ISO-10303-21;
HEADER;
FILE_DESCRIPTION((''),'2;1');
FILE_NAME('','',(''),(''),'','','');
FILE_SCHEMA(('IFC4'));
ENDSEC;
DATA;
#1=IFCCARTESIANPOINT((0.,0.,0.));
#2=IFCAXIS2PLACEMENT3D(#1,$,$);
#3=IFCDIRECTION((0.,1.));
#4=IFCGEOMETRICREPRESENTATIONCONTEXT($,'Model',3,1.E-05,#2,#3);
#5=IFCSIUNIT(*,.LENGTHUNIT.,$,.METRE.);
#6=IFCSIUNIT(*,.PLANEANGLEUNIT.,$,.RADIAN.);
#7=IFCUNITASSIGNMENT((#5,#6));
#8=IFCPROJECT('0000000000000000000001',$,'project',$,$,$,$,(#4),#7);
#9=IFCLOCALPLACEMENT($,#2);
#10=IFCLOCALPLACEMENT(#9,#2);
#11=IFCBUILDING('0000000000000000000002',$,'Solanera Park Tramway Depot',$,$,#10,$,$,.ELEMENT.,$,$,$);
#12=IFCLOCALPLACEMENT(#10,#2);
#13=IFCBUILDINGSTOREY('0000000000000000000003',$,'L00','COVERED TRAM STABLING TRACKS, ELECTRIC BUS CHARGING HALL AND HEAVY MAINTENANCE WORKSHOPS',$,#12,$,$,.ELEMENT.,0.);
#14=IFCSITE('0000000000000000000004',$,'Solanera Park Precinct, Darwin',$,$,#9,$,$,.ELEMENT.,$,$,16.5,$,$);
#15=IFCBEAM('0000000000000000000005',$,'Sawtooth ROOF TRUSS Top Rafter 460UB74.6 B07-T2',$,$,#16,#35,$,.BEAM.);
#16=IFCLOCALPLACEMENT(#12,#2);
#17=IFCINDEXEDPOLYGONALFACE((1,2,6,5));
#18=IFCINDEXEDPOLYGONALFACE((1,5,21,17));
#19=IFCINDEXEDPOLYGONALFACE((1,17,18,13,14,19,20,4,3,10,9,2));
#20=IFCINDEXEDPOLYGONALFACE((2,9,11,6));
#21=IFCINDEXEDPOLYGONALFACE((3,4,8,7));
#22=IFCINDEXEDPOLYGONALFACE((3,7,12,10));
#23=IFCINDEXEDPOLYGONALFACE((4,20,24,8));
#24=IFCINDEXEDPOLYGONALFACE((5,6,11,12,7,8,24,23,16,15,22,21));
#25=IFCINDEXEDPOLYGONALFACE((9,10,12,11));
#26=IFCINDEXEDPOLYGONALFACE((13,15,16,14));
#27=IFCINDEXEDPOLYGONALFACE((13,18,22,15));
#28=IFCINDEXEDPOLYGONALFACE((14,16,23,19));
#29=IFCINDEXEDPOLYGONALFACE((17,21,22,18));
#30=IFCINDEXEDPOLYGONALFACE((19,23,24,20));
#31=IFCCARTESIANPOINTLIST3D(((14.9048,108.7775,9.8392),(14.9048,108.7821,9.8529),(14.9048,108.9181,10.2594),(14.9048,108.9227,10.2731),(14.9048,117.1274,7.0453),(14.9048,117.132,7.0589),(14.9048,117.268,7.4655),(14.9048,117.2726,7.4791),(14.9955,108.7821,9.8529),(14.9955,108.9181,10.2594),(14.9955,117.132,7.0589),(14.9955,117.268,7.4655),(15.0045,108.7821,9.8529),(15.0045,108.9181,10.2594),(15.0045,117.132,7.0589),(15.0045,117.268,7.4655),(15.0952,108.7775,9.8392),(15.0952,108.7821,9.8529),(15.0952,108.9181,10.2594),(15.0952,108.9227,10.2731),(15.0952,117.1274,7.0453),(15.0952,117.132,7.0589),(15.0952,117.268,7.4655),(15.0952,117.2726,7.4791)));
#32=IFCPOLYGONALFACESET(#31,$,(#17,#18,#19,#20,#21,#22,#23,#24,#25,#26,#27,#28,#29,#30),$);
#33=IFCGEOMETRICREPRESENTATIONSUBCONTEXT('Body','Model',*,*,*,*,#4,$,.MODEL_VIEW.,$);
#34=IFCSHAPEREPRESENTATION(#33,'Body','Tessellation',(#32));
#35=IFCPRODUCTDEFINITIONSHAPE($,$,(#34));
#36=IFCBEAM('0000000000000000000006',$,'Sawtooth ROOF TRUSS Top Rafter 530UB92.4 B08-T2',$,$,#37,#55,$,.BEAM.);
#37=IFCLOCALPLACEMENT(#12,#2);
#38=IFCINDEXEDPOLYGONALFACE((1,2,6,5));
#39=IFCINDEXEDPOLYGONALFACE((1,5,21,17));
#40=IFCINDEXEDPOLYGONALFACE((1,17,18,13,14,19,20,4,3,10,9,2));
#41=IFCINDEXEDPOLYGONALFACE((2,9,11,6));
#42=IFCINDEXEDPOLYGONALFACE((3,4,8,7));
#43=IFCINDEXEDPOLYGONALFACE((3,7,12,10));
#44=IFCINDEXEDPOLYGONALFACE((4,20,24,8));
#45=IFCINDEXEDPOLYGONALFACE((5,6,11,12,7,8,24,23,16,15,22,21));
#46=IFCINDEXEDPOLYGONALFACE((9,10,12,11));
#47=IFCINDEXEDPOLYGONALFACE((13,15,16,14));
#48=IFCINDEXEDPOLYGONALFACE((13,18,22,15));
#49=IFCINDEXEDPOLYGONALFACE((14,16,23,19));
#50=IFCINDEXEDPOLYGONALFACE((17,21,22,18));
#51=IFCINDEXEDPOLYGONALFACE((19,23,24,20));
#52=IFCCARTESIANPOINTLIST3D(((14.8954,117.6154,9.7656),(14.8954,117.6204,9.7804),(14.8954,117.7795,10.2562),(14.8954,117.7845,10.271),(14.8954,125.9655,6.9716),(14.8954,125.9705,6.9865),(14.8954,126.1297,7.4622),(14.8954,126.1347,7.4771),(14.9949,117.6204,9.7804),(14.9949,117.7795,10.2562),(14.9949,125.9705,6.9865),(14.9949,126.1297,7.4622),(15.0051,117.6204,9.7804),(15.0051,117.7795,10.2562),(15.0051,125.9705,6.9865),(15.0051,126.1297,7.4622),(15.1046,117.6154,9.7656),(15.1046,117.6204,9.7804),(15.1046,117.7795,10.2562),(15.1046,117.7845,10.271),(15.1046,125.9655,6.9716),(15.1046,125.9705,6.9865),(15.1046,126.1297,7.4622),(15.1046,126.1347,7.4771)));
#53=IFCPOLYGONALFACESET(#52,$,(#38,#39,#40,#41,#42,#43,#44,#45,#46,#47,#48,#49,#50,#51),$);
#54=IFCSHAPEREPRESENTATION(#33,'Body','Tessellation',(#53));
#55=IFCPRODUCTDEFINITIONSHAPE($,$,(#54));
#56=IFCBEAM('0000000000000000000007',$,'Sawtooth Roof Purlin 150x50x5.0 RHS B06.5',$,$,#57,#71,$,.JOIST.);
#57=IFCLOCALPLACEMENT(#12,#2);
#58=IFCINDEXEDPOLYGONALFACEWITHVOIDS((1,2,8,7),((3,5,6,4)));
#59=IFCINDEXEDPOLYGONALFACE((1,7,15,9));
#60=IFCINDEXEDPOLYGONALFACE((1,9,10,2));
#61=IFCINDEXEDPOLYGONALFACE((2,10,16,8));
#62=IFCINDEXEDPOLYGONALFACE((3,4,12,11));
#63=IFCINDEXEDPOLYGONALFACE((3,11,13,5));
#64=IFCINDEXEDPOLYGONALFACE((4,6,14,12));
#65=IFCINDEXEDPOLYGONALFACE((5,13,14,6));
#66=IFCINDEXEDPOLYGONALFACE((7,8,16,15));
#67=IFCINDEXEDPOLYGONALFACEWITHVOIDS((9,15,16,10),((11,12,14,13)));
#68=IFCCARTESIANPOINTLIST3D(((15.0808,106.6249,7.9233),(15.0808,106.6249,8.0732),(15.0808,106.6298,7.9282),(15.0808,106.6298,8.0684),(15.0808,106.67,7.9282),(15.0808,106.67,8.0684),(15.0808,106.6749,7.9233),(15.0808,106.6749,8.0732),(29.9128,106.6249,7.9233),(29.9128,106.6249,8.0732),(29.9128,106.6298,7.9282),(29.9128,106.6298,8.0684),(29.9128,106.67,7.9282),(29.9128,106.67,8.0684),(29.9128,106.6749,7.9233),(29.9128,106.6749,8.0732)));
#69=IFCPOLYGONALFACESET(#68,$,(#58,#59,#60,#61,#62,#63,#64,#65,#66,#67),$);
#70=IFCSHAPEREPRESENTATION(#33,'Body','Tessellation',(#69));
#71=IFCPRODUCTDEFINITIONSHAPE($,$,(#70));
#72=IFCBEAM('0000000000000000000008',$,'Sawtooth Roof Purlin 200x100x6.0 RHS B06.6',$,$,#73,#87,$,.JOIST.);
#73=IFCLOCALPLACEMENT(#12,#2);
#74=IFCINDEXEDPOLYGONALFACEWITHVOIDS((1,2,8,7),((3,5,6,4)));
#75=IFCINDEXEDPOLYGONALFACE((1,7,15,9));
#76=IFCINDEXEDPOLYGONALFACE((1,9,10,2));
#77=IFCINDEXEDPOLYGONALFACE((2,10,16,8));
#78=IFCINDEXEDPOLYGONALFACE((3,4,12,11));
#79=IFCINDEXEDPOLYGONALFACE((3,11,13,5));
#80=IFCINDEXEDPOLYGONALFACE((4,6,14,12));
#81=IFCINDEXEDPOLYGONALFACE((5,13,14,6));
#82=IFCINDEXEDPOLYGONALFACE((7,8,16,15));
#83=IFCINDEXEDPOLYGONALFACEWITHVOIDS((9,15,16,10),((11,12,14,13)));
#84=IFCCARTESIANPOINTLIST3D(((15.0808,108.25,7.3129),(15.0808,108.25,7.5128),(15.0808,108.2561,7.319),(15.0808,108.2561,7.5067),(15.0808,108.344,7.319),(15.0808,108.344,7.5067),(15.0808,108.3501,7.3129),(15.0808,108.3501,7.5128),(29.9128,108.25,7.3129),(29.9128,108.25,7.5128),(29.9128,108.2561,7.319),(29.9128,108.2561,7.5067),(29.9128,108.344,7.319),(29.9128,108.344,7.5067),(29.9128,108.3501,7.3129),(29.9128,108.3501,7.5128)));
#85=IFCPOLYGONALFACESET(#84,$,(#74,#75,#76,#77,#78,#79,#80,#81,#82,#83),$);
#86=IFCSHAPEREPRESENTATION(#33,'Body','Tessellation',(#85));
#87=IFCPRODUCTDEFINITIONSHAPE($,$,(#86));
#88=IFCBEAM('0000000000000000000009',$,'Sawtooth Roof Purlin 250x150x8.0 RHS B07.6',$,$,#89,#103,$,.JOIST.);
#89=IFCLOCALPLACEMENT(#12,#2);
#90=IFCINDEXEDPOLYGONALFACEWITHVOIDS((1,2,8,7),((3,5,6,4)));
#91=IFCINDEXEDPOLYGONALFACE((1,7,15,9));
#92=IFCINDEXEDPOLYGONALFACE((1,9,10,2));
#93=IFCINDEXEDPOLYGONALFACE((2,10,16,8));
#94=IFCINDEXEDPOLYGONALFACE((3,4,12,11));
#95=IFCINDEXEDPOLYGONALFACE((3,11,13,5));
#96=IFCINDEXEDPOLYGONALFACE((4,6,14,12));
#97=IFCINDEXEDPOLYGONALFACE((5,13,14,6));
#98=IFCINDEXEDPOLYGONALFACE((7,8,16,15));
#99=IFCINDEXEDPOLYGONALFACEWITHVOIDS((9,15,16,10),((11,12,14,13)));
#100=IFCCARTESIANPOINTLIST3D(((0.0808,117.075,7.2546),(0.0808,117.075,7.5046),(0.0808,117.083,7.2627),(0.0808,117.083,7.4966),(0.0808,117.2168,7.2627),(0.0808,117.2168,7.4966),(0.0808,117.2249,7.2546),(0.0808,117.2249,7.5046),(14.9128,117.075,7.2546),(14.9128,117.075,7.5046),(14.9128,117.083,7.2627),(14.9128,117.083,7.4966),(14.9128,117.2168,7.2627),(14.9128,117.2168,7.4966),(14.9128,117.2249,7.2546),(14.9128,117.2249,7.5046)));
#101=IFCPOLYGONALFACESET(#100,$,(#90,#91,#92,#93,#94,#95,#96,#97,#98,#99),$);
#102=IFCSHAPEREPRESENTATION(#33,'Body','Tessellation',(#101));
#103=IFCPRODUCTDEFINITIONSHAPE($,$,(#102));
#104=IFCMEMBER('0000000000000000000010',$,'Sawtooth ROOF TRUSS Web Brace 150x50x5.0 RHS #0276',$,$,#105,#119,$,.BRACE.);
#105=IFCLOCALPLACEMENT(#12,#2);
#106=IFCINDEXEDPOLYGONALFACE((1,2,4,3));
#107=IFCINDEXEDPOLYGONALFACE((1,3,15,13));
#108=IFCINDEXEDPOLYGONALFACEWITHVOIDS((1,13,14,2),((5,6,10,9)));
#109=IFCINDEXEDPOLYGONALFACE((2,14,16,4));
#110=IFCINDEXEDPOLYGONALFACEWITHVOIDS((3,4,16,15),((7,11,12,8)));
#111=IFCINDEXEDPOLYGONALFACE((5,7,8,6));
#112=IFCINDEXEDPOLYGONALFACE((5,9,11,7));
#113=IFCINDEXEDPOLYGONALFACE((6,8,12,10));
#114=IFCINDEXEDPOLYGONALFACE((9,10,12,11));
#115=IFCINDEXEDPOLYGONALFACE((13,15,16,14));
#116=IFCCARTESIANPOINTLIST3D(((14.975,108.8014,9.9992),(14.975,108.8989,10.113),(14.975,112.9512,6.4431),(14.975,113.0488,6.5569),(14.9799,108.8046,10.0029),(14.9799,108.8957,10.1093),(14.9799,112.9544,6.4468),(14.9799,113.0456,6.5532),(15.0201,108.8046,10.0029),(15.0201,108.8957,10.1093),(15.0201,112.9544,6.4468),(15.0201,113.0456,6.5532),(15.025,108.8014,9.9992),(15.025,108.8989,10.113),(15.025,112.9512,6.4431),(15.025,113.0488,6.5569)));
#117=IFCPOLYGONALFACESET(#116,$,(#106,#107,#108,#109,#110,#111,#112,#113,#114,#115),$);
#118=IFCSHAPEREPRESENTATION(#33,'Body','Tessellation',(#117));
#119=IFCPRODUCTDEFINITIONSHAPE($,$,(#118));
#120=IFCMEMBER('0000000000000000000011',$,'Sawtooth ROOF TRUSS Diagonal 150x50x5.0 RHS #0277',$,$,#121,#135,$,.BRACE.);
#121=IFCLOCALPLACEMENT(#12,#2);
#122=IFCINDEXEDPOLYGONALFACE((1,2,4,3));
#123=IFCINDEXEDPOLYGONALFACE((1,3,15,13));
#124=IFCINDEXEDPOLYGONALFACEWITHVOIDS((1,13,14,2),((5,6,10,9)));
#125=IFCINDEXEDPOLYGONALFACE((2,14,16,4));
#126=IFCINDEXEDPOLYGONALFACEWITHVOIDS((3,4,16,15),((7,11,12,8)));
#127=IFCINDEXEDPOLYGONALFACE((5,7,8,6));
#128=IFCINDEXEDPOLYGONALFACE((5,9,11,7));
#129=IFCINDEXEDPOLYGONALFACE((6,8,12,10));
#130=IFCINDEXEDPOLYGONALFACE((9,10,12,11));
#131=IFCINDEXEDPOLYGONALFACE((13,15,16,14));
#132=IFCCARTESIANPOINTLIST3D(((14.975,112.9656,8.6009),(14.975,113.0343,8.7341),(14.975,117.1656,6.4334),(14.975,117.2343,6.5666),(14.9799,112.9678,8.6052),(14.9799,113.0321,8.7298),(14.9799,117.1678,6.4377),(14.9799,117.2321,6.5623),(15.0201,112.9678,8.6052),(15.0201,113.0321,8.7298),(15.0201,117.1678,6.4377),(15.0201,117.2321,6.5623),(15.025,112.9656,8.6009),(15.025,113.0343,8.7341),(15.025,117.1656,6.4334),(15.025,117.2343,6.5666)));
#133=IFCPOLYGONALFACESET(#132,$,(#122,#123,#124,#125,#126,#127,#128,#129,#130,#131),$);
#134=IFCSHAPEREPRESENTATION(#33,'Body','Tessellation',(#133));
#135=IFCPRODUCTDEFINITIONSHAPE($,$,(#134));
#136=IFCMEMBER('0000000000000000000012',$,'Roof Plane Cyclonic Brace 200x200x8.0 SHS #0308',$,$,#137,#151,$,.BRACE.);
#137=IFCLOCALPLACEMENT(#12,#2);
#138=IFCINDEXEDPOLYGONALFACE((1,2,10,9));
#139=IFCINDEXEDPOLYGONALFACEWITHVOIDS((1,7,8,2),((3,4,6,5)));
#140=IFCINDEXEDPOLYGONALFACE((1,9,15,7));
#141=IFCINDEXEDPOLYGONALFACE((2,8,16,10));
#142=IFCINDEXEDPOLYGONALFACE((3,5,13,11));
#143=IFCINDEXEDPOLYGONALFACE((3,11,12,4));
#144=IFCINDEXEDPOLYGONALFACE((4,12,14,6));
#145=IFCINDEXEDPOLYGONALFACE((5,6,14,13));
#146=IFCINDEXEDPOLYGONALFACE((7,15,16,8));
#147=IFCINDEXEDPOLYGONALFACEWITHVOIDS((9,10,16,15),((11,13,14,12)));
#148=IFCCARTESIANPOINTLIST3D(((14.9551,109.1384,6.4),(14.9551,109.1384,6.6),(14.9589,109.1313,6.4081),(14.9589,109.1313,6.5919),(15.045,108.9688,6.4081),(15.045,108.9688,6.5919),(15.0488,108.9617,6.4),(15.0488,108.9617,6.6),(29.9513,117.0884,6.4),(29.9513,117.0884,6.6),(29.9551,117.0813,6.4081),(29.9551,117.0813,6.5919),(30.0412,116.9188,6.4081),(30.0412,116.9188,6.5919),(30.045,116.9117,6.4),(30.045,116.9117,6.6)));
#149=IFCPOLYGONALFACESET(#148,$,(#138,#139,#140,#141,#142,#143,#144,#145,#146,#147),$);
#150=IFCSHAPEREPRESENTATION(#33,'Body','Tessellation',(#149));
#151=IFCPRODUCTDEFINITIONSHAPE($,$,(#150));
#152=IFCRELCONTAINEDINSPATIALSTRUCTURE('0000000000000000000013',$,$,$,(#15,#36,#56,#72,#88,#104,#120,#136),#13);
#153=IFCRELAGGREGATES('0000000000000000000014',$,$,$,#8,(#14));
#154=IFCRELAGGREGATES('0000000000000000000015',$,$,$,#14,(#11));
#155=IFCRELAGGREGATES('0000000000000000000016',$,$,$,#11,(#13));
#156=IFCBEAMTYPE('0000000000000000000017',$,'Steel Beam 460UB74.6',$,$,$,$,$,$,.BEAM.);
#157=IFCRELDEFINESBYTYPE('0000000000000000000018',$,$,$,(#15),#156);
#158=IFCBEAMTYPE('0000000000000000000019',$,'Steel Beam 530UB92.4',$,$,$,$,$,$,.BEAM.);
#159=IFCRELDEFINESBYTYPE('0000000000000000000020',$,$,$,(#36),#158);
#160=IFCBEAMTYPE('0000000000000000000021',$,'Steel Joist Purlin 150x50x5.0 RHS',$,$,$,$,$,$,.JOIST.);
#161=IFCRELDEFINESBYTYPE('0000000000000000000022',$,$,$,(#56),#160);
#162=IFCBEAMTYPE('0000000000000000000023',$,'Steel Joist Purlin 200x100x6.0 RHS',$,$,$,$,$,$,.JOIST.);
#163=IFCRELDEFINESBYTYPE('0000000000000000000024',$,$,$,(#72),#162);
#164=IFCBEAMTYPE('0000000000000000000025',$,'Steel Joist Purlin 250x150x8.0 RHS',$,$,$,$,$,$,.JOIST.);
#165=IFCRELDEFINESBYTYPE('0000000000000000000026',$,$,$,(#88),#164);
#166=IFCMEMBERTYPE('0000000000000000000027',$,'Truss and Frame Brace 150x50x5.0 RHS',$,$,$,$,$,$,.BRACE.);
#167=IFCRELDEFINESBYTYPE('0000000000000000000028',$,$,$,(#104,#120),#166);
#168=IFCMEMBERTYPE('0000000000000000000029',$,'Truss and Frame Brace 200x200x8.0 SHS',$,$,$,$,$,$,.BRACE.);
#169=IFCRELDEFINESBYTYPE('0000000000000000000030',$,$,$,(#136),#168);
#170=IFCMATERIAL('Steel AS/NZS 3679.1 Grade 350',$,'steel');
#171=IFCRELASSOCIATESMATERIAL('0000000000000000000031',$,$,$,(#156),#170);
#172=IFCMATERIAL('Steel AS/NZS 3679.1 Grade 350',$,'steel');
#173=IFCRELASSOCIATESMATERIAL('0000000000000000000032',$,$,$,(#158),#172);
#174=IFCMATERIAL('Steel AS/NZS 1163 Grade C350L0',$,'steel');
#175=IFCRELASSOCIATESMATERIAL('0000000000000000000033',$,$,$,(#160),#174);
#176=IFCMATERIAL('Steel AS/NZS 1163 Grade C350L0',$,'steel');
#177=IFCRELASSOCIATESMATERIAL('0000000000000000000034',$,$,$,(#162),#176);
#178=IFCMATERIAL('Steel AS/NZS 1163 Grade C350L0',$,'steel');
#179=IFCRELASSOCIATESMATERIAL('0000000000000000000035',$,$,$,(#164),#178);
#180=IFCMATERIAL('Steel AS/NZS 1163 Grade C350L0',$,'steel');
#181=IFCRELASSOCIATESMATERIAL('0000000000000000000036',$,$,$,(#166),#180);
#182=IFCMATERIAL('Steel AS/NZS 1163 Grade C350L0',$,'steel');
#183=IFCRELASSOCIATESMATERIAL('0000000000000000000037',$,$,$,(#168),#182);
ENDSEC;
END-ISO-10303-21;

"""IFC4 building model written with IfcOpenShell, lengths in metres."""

from ifc_helpers import new_model, si_unit, direction, frame, origin, origin_2d, place, context, subcontext, project, spatial, hollow_rectangle, i_section, extrude, material, material_profile, profile_set, type_object, element, save


model = new_model("IFC4")

# Units and contexts
model_context = context("Model", 3, precision=1e-05, world=origin(), true_north=direction((0.0, 1.0)))
body_context = subcontext(model_context, "Body", "Model", "MODEL_VIEW")
ifc_project = project(units=[si_unit("LENGTHUNIT", "METRE"), si_unit("PLANEANGLEUNIT", "RADIAN")], contexts=[model_context])

# Site, building, storey
site_placement = place(None, origin())
site = spatial("IfcSite", under=ifc_project, at=site_placement, Name="Solanera Park Precinct, Darwin", CompositionType="ELEMENT", RefElevation=16.5)
building_placement = place(site_placement, origin())
building = spatial("IfcBuilding", under=site, at=building_placement, Name="Solanera Park Tramway Depot", CompositionType="ELEMENT")
storey_placement = place(building_placement, origin())
storey = spatial("IfcBuildingStorey", under=building, at=storey_placement, Name="L00", Description="COVERED TRAM STABLING TRACKS, ELECTRIC BUS CHARGING HALL AND HEAVY MAINTENANCE WORKSHOPS", CompositionType="ELEMENT", Elevation=0.0)

# Beams
ifc_material_1 = material(Name="Steel AS/NZS 3679.1 Grade 350", Category="steel")
ifc_material_profile_1 = material_profile(ifc_material_1, i_section(OverallWidth=0.1904, OverallDepth=0.4575, WebThickness=0.009, FlangeThickness=0.0144, at=origin_2d()), Name="460UB74.6")
ifc_profile_set_1 = profile_set([ifc_material_profile_1], Name="Steel AS/NZS 3679.1 Grade 350")
beam_type_1 = type_object("IfcBeamType", Name="Steel Beam 460UB74.6", PredefinedType="BEAM", material=ifc_profile_set_1)
beam_1_placement = place(storey_placement, frame((15.0, 108.8501, 10.0562), z_axis=(0.0, 0.948319, -0.317317), x_axis=(-1.0, 0.0, 0.0)))
element("IfcBeam", 1, at=beam_1_placement, inside=storey, type_object=beam_type_1, Name="Sawtooth ROOF TRUSS Top Rafter 460UB74.6 B07-T2", PredefinedType="BEAM", context=body_context, shape_type="SweptSolid", body=[
    extrude(i_section(OverallWidth=0.1904, OverallDepth=0.4575, WebThickness=0.009, FlangeThickness=0.0144, at=origin_2d()), origin(), (0.0, 0.0, 1.0), 8.8049),
])
ifc_material_2 = material(Name="Steel AS/NZS 3679.1 Grade 350", Category="steel")
ifc_material_profile_2 = material_profile(ifc_material_2, i_section(OverallWidth=0.2092, OverallDepth=0.533, WebThickness=0.0103, FlangeThickness=0.0156, at=origin_2d()), Name="530UB92.4")
ifc_profile_set_2 = profile_set([ifc_material_profile_2], Name="Steel AS/NZS 3679.1 Grade 350")
beam_type_2 = type_object("IfcBeamType", Name="Steel Beam 530UB92.4", PredefinedType="BEAM", material=ifc_profile_set_2)
beam_2_placement = place(storey_placement, frame((15.0, 117.7, 10.0183), z_axis=(0.0, 0.948322, -0.317309), x_axis=(-1.0, 0.0, 0.0)))
element("IfcBeam", 2, at=beam_2_placement, inside=storey, type_object=beam_type_2, Name="Sawtooth ROOF TRUSS Top Rafter 530UB92.4 B08-T2", PredefinedType="BEAM", context=body_context, shape_type="SweptSolid", body=[
    extrude(i_section(OverallWidth=0.2092, OverallDepth=0.533, WebThickness=0.0103, FlangeThickness=0.0156, at=origin_2d()), origin(), (0.0, 0.0, 1.0), 8.8052),
])
ifc_material_3 = material(Name="Steel AS/NZS 1163 Grade C350L0", Category="steel")
ifc_material_profile_3 = material_profile(ifc_material_3, hollow_rectangle(XDim=0.05, YDim=0.1499, WallThickness=0.0049, at=origin_2d()), Name="150x50x5.0 RHS")
ifc_profile_set_3 = profile_set([ifc_material_profile_3], Name="Steel AS/NZS 1163 Grade C350L0")
beam_type_3 = type_object("IfcBeamType", Name="Steel Joist Purlin 150x50x5.0 RHS", PredefinedType="JOIST", material=ifc_profile_set_3)
beam_3_placement = place(storey_placement, frame((15.0808, 106.6499, 7.9983), z_axis=(1.0, 0.0, 0.0), x_axis=(0.0, 1.0, 0.0)))
element("IfcBeam", 3, at=beam_3_placement, inside=storey, type_object=beam_type_3, Name="Sawtooth Roof Purlin 150x50x5.0 RHS B06.5", PredefinedType="JOIST", context=body_context, shape_type="SweptSolid", body=[
    extrude(hollow_rectangle(XDim=0.05, YDim=0.1499, WallThickness=0.0049, at=origin_2d()), origin(), (0.0, 0.0, 1.0), 14.832),
])
ifc_material_4 = material(Name="Steel AS/NZS 1163 Grade C350L0", Category="steel")
ifc_material_profile_4 = material_profile(ifc_material_4, hollow_rectangle(XDim=0.1001, YDim=0.2, WallThickness=0.0061, at=origin_2d()), Name="200x100x6.0 RHS")
ifc_profile_set_4 = profile_set([ifc_material_profile_4], Name="Steel AS/NZS 1163 Grade C350L0")
beam_type_4 = type_object("IfcBeamType", Name="Steel Joist Purlin 200x100x6.0 RHS", PredefinedType="JOIST", material=ifc_profile_set_4)
beam_4_placement = place(storey_placement, frame((15.0808, 108.3, 7.4128), z_axis=(1.0, 0.0, 0.0), x_axis=(0.0, 1.0, 0.0)))
element("IfcBeam", 4, at=beam_4_placement, inside=storey, type_object=beam_type_4, Name="Sawtooth Roof Purlin 200x100x6.0 RHS B06.6", PredefinedType="JOIST", context=body_context, shape_type="SweptSolid", body=[
    extrude(hollow_rectangle(XDim=0.1001, YDim=0.2, WallThickness=0.0061, at=origin_2d()), origin(), (0.0, 0.0, 1.0), 14.832),
])
ifc_material_5 = material(Name="Steel AS/NZS 1163 Grade C350L0", Category="steel")
ifc_material_profile_5 = material_profile(ifc_material_5, hollow_rectangle(XDim=0.1499, YDim=0.25, WallThickness=0.0081, at=origin_2d()), Name="250x150x8.0 RHS")
ifc_profile_set_5 = profile_set([ifc_material_profile_5], Name="Steel AS/NZS 1163 Grade C350L0")
beam_type_5 = type_object("IfcBeamType", Name="Steel Joist Purlin 250x150x8.0 RHS", PredefinedType="JOIST", material=ifc_profile_set_5)
beam_5_placement = place(storey_placement, frame((0.0808, 117.1499, 7.3796), z_axis=(1.0, 0.0, 0.0), x_axis=(0.0, 1.0, 0.0)))
element("IfcBeam", 5, at=beam_5_placement, inside=storey, type_object=beam_type_5, Name="Sawtooth Roof Purlin 250x150x8.0 RHS B07.6", PredefinedType="JOIST", context=body_context, shape_type="SweptSolid", body=[
    extrude(hollow_rectangle(XDim=0.1499, YDim=0.25, WallThickness=0.0081, at=origin_2d()), origin(), (0.0, 0.0, 1.0), 14.832),
])

# Members
ifc_material_6 = material(Name="Steel AS/NZS 1163 Grade C350L0", Category="steel")
ifc_material_profile_6 = material_profile(ifc_material_6, hollow_rectangle(XDim=0.05, YDim=0.1499, WallThickness=0.0049, at=origin_2d()), Name="150x50x5.0 RHS")
ifc_profile_set_6 = profile_set([ifc_material_profile_6], Name="Steel AS/NZS 1163 Grade C350L0")
member_type_1 = type_object("IfcMemberType", Name="Truss and Frame Brace 150x50x5.0 RHS", PredefinedType="BRACE", material=ifc_profile_set_6)
member_1_placement = place(storey_placement, frame((15.0, 113.0, 6.5), z_axis=(0.0, -0.759339, 0.650696), x_axis=(1.0, 0.0, 0.0)))
element("IfcMember", 6, at=member_1_placement, inside=storey, type_object=member_type_1, Name="Sawtooth ROOF TRUSS Web Brace 150x50x5.0 RHS #0276", PredefinedType="BRACE", context=body_context, shape_type="SweptSolid", body=[
    extrude(hollow_rectangle(XDim=0.05, YDim=0.1499, WallThickness=0.0049, at=origin_2d()), origin(), (0.0, 0.0, 1.0), 5.4651),
])
member_2_placement = place(storey_placement, frame((15.0, 117.2, 6.5), z_axis=(0.0, -0.888641, 0.458603), x_axis=(1.0, 0.0, 0.0)))
element("IfcMember", 7, at=member_2_placement, inside=storey, type_object=member_type_1, Name="Sawtooth ROOF TRUSS Diagonal 150x50x5.0 RHS #0277", PredefinedType="BRACE", context=body_context, shape_type="SweptSolid", body=[
    extrude(hollow_rectangle(XDim=0.05, YDim=0.1499, WallThickness=0.0049, at=origin_2d()), origin(), (0.0, 0.0, 1.0), 4.7263),
])
ifc_material_7 = material(Name="Steel AS/NZS 1163 Grade C350L0", Category="steel")
ifc_material_profile_7 = material_profile(ifc_material_7, hollow_rectangle(XDim=0.2, YDim=0.2, WallThickness=0.0081, at=origin_2d()), Name="200x200x8.0 SHS")
ifc_profile_set_7 = profile_set([ifc_material_profile_7], Name="Steel AS/NZS 1163 Grade C350L0")
member_type_2 = type_object("IfcMemberType", Name="Truss and Frame Brace 200x200x8.0 SHS", PredefinedType="BRACE", material=ifc_profile_set_7)
member_3_placement = place(storey_placement, frame((15.002, 109.05, 6.5), z_axis=(0.883524, 0.468387, 0.0), x_axis=(-0.468387, 0.883524, 0.0)))
element("IfcMember", 8, at=member_3_placement, inside=storey, type_object=member_type_2, Name="Roof Plane Cyclonic Brace 200x200x8.0 SHS #0308", PredefinedType="BRACE", context=body_context, shape_type="SweptSolid", body=[
    extrude(hollow_rectangle(XDim=0.2, YDim=0.2, WallThickness=0.0081, at=origin_2d()), origin(), (0.0, 0.0, 1.0), 16.9731),
])

save(model, "model.ifc")
